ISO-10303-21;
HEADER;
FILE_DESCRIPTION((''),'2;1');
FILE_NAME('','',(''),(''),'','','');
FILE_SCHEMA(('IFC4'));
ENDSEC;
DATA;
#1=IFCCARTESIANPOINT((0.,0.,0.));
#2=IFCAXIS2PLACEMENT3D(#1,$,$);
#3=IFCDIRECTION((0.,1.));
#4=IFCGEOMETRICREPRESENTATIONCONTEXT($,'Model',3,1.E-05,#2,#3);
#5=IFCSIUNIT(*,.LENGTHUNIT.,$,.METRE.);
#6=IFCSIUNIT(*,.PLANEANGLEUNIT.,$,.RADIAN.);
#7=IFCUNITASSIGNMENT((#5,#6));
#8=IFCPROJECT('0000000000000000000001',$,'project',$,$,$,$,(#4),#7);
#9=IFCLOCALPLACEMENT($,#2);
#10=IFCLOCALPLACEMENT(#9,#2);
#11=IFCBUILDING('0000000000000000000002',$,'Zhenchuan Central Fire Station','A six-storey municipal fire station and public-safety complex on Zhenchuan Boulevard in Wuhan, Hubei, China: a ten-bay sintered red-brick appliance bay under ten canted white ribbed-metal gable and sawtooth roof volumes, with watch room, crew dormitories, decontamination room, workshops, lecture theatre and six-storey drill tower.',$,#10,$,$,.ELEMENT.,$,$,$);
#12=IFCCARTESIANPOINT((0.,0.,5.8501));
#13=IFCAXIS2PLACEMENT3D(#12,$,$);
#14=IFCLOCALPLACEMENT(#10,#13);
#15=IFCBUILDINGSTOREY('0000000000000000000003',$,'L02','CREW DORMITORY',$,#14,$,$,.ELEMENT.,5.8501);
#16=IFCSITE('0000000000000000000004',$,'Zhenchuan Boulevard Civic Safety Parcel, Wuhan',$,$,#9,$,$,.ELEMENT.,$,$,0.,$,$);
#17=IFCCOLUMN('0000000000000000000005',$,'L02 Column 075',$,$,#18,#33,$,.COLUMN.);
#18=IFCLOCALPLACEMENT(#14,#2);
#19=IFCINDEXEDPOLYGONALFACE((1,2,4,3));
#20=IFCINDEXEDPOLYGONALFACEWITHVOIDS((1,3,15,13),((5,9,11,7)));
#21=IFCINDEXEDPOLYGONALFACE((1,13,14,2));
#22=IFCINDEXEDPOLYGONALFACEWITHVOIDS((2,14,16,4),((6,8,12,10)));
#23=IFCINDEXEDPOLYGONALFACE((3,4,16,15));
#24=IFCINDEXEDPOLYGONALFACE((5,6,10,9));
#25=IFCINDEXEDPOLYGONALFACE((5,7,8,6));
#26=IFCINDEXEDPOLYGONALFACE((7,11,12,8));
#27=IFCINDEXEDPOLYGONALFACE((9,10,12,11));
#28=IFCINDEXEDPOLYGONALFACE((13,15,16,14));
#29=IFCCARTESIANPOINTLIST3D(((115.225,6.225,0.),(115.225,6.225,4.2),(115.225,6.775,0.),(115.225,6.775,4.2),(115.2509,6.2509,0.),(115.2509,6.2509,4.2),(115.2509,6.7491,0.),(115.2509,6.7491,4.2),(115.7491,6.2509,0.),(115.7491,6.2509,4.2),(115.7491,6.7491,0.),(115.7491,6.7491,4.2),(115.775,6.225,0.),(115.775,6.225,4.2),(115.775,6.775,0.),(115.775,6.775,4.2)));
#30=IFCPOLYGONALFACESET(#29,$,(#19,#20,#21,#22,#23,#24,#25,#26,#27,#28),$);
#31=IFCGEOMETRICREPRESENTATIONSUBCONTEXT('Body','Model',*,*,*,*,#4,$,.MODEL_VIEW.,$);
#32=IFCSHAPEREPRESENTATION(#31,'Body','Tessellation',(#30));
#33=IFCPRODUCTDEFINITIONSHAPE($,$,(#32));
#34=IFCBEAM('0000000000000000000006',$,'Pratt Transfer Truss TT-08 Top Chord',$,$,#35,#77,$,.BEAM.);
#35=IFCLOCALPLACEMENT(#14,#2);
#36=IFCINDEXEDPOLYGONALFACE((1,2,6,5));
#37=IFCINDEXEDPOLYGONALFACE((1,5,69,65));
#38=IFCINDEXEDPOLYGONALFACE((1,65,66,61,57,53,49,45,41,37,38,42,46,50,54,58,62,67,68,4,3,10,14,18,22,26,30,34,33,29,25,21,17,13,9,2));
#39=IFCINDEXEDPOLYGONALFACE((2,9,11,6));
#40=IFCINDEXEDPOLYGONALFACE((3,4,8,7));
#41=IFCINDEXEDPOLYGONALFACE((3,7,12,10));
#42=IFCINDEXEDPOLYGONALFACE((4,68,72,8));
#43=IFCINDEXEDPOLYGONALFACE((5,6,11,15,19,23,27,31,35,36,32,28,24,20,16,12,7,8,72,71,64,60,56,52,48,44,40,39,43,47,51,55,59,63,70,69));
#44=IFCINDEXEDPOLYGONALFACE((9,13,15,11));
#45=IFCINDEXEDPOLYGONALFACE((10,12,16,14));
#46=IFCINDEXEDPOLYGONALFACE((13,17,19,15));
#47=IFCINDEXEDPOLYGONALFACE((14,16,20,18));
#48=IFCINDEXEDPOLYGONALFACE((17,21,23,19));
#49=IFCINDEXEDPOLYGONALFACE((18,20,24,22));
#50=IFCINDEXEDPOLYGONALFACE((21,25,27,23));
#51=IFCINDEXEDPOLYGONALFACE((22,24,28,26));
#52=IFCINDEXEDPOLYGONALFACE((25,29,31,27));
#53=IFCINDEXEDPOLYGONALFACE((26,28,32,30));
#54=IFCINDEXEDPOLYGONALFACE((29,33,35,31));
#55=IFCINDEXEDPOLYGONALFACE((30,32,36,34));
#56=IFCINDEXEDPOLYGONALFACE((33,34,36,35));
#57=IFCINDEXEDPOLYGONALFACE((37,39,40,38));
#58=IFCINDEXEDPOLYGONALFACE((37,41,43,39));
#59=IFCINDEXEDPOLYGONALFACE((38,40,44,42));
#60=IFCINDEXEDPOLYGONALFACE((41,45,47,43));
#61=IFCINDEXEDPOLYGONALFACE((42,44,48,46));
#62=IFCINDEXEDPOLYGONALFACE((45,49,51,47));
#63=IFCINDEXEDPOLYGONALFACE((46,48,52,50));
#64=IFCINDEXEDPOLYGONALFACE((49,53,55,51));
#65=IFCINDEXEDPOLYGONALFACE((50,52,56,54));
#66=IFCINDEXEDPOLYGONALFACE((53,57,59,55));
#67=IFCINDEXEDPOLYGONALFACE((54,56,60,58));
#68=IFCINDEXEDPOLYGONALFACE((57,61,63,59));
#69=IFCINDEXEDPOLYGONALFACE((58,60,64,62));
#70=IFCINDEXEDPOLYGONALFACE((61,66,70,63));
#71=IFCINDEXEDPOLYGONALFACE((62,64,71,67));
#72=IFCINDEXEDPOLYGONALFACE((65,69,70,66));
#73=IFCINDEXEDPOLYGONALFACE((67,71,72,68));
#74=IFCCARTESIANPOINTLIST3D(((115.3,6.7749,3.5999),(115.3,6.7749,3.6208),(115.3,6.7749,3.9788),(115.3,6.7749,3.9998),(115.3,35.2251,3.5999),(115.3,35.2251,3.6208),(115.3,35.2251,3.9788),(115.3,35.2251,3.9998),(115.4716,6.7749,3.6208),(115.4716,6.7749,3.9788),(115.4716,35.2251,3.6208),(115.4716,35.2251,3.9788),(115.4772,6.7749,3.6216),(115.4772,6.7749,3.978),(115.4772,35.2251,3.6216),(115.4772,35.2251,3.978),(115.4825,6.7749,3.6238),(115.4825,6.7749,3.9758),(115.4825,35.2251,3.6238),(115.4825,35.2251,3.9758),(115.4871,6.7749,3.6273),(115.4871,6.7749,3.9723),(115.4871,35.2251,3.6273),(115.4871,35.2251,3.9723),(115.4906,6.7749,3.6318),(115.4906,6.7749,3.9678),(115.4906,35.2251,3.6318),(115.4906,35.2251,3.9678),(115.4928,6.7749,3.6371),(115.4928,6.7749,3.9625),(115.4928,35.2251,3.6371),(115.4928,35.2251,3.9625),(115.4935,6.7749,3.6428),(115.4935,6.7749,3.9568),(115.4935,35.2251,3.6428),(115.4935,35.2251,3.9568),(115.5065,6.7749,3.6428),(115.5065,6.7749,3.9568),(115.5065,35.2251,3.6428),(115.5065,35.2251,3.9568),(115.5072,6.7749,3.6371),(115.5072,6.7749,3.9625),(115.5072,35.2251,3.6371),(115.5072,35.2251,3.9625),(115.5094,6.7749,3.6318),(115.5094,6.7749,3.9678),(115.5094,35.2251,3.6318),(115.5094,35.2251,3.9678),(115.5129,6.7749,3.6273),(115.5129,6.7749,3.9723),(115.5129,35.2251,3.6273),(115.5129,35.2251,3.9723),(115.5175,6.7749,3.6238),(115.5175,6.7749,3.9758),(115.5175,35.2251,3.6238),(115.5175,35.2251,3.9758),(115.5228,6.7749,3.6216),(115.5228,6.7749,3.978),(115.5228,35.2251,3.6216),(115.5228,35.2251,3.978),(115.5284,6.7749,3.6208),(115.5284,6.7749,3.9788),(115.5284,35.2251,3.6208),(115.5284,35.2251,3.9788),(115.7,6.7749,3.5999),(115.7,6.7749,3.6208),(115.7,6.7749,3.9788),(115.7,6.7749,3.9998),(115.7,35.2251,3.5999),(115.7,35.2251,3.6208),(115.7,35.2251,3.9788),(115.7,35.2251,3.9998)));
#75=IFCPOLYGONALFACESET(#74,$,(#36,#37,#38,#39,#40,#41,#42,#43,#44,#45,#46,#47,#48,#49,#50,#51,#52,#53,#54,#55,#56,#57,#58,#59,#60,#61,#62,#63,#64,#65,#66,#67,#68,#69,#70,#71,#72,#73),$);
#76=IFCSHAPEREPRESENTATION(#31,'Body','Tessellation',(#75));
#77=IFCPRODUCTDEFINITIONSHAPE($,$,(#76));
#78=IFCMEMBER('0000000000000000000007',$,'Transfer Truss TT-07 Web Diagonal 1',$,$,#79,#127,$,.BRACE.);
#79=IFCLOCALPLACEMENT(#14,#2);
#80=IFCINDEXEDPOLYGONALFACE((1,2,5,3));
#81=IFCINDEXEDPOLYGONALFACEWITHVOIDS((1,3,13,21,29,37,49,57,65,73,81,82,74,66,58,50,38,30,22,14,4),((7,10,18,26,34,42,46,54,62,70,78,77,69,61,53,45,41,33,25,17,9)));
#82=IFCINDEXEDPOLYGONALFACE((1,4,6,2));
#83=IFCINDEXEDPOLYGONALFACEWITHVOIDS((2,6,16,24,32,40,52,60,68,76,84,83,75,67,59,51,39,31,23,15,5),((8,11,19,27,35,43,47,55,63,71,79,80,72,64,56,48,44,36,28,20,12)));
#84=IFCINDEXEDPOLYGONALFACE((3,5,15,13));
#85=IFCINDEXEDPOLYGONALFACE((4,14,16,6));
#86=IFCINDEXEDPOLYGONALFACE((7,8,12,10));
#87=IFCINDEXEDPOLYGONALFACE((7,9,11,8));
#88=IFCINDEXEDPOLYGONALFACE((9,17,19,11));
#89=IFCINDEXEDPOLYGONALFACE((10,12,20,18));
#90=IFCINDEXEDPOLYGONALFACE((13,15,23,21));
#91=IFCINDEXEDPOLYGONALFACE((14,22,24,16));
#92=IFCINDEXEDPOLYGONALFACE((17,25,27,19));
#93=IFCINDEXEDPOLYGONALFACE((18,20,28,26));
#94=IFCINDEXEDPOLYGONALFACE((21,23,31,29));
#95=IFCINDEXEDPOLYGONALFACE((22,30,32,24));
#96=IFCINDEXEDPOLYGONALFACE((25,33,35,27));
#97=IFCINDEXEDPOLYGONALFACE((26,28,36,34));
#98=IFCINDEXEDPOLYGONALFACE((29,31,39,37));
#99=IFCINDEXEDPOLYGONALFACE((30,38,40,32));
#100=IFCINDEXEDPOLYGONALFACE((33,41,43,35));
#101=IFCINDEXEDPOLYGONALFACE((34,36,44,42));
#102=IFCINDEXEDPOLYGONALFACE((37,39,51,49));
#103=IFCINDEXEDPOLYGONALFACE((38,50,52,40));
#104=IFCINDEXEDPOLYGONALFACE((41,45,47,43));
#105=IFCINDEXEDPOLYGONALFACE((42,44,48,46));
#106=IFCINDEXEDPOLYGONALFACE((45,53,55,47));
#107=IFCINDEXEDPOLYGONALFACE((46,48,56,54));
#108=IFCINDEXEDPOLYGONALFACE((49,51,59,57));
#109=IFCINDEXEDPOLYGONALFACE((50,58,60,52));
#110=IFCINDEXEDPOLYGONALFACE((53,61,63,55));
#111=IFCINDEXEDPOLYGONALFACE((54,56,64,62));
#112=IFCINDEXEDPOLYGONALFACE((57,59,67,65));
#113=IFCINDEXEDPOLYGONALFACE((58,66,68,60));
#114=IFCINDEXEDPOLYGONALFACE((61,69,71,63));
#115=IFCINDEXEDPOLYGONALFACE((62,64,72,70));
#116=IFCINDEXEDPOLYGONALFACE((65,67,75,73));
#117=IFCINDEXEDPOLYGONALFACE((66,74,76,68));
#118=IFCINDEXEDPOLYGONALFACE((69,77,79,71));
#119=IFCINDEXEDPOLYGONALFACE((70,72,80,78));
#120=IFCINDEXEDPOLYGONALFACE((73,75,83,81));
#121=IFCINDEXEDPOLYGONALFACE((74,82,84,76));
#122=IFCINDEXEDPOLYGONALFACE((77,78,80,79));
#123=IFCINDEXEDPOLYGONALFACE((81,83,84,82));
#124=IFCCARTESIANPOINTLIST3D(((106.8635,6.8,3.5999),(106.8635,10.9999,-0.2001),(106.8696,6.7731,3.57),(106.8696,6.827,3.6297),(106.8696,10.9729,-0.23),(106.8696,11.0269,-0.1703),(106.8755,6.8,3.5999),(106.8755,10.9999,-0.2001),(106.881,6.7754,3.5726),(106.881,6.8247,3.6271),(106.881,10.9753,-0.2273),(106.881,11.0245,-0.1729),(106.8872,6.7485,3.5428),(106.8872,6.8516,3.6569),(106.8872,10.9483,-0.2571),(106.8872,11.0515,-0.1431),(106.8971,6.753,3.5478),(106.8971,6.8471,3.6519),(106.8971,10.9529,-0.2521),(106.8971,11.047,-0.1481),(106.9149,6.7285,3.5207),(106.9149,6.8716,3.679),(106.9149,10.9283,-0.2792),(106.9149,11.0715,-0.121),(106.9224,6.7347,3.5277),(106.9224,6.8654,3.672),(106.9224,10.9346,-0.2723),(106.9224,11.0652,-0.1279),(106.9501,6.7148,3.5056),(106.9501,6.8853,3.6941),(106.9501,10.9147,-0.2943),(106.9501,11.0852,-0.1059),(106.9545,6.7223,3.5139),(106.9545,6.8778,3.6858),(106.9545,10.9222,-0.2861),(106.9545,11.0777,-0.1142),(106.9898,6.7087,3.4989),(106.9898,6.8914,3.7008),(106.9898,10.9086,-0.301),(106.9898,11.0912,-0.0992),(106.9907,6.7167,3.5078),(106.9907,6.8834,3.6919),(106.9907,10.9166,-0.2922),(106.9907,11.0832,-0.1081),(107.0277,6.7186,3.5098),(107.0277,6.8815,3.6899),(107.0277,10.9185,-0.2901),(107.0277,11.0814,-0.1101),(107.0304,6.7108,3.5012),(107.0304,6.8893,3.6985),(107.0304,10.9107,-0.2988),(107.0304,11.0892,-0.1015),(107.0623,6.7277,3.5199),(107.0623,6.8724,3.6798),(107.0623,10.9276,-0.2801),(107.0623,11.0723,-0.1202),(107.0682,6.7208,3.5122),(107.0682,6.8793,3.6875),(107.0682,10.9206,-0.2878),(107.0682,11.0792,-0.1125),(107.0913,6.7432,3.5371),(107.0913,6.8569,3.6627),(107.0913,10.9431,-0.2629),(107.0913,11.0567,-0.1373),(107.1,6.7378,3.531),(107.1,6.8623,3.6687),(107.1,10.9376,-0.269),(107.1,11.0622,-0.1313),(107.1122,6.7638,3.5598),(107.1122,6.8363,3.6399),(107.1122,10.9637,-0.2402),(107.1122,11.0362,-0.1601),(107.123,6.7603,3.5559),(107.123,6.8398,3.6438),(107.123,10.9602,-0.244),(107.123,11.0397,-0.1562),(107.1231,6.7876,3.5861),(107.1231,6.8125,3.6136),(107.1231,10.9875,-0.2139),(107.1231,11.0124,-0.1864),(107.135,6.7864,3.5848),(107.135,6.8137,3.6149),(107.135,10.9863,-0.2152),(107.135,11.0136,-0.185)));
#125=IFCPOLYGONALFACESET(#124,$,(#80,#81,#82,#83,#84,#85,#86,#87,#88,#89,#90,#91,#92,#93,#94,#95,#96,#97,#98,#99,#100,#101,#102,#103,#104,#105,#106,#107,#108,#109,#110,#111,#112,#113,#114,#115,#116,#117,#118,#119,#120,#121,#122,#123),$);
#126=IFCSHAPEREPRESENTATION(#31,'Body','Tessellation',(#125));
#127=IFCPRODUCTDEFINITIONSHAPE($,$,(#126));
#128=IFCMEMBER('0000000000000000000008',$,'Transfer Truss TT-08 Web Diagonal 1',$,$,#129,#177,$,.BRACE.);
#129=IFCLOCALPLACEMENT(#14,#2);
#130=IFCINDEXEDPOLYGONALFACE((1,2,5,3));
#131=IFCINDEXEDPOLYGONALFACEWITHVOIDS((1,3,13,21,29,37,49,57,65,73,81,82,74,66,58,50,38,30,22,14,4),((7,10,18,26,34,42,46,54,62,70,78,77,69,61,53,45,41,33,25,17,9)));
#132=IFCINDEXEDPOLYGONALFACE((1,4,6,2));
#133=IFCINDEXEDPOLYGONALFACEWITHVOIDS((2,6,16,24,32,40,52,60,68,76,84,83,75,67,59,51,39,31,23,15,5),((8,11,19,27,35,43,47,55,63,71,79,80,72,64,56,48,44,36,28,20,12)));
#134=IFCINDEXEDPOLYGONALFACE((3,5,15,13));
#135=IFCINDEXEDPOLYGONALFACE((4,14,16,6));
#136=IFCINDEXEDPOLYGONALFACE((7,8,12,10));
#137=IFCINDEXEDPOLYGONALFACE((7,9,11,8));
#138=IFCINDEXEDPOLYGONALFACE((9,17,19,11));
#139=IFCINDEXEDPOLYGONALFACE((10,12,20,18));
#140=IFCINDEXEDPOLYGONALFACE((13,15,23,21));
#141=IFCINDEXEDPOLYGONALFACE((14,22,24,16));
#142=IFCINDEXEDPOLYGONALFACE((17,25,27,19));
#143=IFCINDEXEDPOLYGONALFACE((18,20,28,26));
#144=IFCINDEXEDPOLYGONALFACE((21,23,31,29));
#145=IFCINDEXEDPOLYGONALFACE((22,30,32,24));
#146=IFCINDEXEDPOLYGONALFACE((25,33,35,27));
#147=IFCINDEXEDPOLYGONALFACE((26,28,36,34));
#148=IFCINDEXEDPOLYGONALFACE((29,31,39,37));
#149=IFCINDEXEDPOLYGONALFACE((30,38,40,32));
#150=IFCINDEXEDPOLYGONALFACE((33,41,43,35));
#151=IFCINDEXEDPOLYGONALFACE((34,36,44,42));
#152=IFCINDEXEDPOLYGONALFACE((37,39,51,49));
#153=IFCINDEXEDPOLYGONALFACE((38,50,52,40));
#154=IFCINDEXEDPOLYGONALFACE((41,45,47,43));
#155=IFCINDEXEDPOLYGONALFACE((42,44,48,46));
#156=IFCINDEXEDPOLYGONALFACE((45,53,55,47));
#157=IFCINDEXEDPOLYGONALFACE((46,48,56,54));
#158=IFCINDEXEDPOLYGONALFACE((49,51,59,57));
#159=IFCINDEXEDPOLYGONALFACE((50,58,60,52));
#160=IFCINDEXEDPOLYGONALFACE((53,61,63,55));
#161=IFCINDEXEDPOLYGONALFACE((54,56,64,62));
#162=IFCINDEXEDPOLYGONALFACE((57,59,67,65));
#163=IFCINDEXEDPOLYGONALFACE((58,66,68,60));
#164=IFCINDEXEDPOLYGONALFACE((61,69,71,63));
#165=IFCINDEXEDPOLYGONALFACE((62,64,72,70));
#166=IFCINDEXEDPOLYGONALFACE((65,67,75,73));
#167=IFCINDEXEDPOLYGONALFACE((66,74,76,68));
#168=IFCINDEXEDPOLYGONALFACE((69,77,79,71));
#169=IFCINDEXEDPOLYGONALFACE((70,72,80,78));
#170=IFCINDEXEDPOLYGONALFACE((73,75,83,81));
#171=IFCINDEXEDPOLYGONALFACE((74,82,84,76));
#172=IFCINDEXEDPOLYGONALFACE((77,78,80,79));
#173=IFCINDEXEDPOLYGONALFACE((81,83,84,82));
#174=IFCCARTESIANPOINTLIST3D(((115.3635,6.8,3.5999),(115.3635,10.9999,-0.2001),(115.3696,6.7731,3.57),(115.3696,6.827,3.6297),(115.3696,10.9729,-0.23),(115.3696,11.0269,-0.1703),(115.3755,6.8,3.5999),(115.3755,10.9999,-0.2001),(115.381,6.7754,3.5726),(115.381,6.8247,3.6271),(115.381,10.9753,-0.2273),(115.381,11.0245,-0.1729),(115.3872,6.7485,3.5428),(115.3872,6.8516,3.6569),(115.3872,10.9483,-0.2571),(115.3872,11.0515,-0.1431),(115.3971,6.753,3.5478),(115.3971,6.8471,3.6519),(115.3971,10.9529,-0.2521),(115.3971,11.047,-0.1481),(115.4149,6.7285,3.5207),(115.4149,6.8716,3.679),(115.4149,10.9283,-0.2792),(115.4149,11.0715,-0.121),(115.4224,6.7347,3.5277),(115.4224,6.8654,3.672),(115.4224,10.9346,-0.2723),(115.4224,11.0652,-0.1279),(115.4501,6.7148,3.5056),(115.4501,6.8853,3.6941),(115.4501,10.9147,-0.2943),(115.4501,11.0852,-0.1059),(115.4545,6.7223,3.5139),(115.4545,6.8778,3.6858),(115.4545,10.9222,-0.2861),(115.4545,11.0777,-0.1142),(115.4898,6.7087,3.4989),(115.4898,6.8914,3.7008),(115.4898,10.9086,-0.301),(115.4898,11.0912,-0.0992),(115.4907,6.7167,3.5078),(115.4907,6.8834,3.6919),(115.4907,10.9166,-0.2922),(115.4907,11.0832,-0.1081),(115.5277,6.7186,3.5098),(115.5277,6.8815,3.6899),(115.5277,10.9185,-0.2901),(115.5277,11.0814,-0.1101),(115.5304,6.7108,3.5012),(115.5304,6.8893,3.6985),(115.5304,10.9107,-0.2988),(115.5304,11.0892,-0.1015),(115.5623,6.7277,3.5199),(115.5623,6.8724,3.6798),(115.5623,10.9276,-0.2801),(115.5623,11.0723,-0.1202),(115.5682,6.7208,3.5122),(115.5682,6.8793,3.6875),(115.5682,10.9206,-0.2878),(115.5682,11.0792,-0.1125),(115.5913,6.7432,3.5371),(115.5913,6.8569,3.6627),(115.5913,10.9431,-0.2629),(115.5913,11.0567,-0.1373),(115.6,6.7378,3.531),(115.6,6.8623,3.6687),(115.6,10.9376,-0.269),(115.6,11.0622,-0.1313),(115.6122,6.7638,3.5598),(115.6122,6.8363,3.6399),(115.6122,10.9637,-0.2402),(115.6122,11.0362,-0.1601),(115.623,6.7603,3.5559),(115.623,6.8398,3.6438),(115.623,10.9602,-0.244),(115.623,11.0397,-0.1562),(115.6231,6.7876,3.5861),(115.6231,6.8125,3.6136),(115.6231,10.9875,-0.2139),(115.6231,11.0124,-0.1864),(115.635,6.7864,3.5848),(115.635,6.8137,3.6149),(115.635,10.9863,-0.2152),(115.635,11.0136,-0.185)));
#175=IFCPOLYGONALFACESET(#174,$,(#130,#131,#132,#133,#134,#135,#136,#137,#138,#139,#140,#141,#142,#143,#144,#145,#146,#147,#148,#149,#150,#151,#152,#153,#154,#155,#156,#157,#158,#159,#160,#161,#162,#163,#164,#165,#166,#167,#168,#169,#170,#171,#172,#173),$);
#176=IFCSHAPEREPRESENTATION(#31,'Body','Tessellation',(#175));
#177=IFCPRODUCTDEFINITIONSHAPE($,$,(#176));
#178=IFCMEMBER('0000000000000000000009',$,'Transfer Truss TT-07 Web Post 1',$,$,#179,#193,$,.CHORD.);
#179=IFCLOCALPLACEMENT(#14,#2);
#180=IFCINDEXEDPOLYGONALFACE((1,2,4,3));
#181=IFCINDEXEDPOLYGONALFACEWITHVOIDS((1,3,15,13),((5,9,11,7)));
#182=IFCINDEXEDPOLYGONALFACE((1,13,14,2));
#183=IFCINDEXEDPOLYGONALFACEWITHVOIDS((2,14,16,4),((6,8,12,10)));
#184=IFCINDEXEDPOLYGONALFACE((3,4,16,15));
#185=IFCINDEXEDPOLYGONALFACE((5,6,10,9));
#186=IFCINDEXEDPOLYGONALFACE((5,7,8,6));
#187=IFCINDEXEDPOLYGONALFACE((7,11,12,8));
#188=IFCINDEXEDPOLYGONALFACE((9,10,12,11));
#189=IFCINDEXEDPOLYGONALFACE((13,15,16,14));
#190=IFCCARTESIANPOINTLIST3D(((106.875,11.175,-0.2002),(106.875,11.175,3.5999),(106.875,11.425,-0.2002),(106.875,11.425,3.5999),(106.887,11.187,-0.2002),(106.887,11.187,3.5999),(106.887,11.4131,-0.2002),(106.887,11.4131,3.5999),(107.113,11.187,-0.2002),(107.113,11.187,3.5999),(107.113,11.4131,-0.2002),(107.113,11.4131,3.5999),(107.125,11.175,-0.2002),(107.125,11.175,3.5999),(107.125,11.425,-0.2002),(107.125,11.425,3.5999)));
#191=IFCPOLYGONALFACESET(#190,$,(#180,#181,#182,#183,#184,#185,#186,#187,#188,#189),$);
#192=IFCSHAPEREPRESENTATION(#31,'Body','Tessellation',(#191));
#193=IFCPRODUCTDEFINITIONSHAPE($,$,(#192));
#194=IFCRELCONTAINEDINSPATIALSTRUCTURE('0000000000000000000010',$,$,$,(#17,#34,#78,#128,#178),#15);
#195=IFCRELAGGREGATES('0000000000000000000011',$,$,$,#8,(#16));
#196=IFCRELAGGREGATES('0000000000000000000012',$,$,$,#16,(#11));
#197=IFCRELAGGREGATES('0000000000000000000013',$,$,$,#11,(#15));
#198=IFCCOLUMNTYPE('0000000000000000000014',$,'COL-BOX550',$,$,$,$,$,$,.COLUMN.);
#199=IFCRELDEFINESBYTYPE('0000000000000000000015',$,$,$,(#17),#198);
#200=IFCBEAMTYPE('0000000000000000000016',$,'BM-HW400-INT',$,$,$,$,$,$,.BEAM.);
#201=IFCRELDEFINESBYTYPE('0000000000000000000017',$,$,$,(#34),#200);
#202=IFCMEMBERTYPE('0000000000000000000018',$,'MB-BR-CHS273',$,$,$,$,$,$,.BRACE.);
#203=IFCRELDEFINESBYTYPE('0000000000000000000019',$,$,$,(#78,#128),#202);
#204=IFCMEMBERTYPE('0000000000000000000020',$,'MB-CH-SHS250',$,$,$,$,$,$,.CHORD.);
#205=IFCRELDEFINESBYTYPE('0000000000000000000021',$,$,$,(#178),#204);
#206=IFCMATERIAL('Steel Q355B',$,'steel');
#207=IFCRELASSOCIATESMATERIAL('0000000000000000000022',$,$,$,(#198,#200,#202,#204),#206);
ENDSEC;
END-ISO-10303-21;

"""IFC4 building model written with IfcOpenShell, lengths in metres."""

from ifc_helpers import new_model, si_unit, direction, frame, origin, origin_2d, place, context, subcontext, project, spatial, hollow_rectangle, hollow_circle, i_section, extrude, material, material_profile, profile_set, type_object, element, save


model = new_model("IFC4")

# Units and contexts
model_context = context("Model", 3, precision=1e-05, world=origin(), true_north=direction((0.0, 1.0)))
body_context = subcontext(model_context, "Body", "Model", "MODEL_VIEW")
ifc_project = project(units=[si_unit("LENGTHUNIT", "METRE"), si_unit("PLANEANGLEUNIT", "RADIAN")], contexts=[model_context])

# Site, building, storey
site_placement = place(None, origin())
site = spatial("IfcSite", under=ifc_project, at=site_placement, Name="Zhenchuan Boulevard Civic Safety Parcel, Wuhan", CompositionType="ELEMENT", RefElevation=0.0)
building_placement = place(site_placement, origin())
building = spatial("IfcBuilding", under=site, at=building_placement, Name="Zhenchuan Central Fire Station", Description="A six-storey municipal fire station and public-safety complex on Zhenchuan Boulevard in Wuhan, Hubei, China: a ten-bay sintered red-brick appliance bay under ten canted white ribbed-metal gable and sawtooth roof volumes, with watch room, crew dormitories, decontamination room, workshops, lecture theatre and six-storey drill tower.", CompositionType="ELEMENT")
storey_placement = place(building_placement, frame((0.0, 0.0, 5.8501)))
storey = spatial("IfcBuildingStorey", under=building, at=storey_placement, Name="L02", Description="CREW DORMITORY", CompositionType="ELEMENT", Elevation=5.8501)

# Column
ifc_material_1 = material(Name="Steel Q355B", Category="steel")
ifc_material_profile_1 = material_profile(ifc_material_1, hollow_rectangle(XDim=0.55, YDim=0.55, WallThickness=0.0259, at=origin_2d()), Name="BOX 550x550x26")
ifc_profile_set_1 = profile_set([ifc_material_profile_1], Name="Steel Q355B")
column_type = type_object("IfcColumnType", Name="COL-BOX550", PredefinedType="COLUMN", material=ifc_profile_set_1)
column_placement = place(storey_placement, frame((115.5, 6.5, 0.0), z_axis=(0.0, 0.0, 1.0), x_axis=(1.0, 0.0, 0.0)))
element("IfcColumn", 1, at=column_placement, inside=storey, type_object=column_type, Name="L02 Column 075", PredefinedType="COLUMN", context=body_context, shape_type="SweptSolid", body=[
    extrude(hollow_rectangle(XDim=0.55, YDim=0.55, WallThickness=0.0259, at=origin_2d()), origin(), (0.0, 0.0, 1.0), 4.2),
])

# Beam
ifc_material_profile_2 = material_profile(ifc_material_1, i_section(OverallWidth=0.3999, OverallDepth=0.3999, WebThickness=0.0129, FlangeThickness=0.021, FilletRadius=0.022, at=origin_2d()), Name="HW 400x400")
ifc_profile_set_2 = profile_set([ifc_material_profile_2], Name="Steel Q355B")
beam_type_1 = type_object("IfcBeamType", Name="BM-HW400-INT", PredefinedType="BEAM", material=ifc_profile_set_2)
beam_1_placement = place(storey_placement, frame((115.5, 6.7749, 3.7998), z_axis=(0.0, 1.0, 0.0), x_axis=(-1.0, 0.0, 0.0)))
element("IfcBeam", 2, at=beam_1_placement, inside=storey, type_object=beam_type_1, Name="Pratt Transfer Truss TT-08 Top Chord", PredefinedType="BEAM", context=body_context, shape_type="SweptSolid", body=[
    extrude(i_section(OverallWidth=0.3999, OverallDepth=0.3999, WebThickness=0.0129, FlangeThickness=0.021, FilletRadius=0.022, at=origin_2d()), origin(), (0.0, 0.0, 1.0), 28.4502),
])

# Members
ifc_material_profile_3 = material_profile(ifc_material_1, hollow_circle(Radius=0.1365, WallThickness=0.012, at=origin_2d()), Name="CHS 273x12")
ifc_profile_set_3 = profile_set([ifc_material_profile_3], Name="Steel Q355B")
member_type_1 = type_object("IfcMemberType", Name="MB-BR-CHS273", PredefinedType="BRACE", material=ifc_profile_set_3)
for number, where, z_axis, x_axis, name in (
    (3, (107.0, 6.8, 3.5999), (0.0, 0.741528, -0.670922), (-1.0, 0.0, 0.0), "Transfer Truss TT-07 Web Diagonal 1"),
    (4, (115.5, 6.8, 3.5999), (0.0, 0.741528, -0.670922), (-1.0, 0.0, 0.0), "Transfer Truss TT-08 Web Diagonal 1"),
):
    element("IfcMember", number, at=place(storey_placement, frame(where, z_axis=z_axis, x_axis=x_axis)), inside=storey, type_object=member_type_1, Name=name, PredefinedType="BRACE", context=body_context, shape_type="SweptSolid", body=[
        extrude(hollow_circle(Radius=0.1365, WallThickness=0.012, at=origin_2d()), origin(), (0.0, 0.0, 1.0), 5.6638),
    ])
ifc_material_profile_4 = material_profile(ifc_material_1, hollow_rectangle(XDim=0.25, YDim=0.25, WallThickness=0.012, at=origin_2d()), Name="SHS 250x250x12")
ifc_profile_set_4 = profile_set([ifc_material_profile_4], Name="Steel Q355B")
member_type_2 = type_object("IfcMemberType", Name="MB-CH-SHS250", PredefinedType="CHORD", material=ifc_profile_set_4)
for number, where, z_axis, x_axis, name in (
    (5, (107.0, 11.3, -0.2002), (0.0, 0.0, 1.0), (1.0, 0.0, 0.0), "Transfer Truss TT-07 Web Post 1"),
):
    element("IfcMember", number, at=place(storey_placement, frame(where, z_axis=z_axis, x_axis=x_axis)), inside=storey, type_object=member_type_2, Name=name, PredefinedType="CHORD", context=body_context, shape_type="SweptSolid", body=[
        extrude(hollow_rectangle(XDim=0.25, YDim=0.25, WallThickness=0.012, at=origin_2d()), origin(), (0.0, 0.0, 1.0), 3.8),
    ])

save(model, "model.ifc")
